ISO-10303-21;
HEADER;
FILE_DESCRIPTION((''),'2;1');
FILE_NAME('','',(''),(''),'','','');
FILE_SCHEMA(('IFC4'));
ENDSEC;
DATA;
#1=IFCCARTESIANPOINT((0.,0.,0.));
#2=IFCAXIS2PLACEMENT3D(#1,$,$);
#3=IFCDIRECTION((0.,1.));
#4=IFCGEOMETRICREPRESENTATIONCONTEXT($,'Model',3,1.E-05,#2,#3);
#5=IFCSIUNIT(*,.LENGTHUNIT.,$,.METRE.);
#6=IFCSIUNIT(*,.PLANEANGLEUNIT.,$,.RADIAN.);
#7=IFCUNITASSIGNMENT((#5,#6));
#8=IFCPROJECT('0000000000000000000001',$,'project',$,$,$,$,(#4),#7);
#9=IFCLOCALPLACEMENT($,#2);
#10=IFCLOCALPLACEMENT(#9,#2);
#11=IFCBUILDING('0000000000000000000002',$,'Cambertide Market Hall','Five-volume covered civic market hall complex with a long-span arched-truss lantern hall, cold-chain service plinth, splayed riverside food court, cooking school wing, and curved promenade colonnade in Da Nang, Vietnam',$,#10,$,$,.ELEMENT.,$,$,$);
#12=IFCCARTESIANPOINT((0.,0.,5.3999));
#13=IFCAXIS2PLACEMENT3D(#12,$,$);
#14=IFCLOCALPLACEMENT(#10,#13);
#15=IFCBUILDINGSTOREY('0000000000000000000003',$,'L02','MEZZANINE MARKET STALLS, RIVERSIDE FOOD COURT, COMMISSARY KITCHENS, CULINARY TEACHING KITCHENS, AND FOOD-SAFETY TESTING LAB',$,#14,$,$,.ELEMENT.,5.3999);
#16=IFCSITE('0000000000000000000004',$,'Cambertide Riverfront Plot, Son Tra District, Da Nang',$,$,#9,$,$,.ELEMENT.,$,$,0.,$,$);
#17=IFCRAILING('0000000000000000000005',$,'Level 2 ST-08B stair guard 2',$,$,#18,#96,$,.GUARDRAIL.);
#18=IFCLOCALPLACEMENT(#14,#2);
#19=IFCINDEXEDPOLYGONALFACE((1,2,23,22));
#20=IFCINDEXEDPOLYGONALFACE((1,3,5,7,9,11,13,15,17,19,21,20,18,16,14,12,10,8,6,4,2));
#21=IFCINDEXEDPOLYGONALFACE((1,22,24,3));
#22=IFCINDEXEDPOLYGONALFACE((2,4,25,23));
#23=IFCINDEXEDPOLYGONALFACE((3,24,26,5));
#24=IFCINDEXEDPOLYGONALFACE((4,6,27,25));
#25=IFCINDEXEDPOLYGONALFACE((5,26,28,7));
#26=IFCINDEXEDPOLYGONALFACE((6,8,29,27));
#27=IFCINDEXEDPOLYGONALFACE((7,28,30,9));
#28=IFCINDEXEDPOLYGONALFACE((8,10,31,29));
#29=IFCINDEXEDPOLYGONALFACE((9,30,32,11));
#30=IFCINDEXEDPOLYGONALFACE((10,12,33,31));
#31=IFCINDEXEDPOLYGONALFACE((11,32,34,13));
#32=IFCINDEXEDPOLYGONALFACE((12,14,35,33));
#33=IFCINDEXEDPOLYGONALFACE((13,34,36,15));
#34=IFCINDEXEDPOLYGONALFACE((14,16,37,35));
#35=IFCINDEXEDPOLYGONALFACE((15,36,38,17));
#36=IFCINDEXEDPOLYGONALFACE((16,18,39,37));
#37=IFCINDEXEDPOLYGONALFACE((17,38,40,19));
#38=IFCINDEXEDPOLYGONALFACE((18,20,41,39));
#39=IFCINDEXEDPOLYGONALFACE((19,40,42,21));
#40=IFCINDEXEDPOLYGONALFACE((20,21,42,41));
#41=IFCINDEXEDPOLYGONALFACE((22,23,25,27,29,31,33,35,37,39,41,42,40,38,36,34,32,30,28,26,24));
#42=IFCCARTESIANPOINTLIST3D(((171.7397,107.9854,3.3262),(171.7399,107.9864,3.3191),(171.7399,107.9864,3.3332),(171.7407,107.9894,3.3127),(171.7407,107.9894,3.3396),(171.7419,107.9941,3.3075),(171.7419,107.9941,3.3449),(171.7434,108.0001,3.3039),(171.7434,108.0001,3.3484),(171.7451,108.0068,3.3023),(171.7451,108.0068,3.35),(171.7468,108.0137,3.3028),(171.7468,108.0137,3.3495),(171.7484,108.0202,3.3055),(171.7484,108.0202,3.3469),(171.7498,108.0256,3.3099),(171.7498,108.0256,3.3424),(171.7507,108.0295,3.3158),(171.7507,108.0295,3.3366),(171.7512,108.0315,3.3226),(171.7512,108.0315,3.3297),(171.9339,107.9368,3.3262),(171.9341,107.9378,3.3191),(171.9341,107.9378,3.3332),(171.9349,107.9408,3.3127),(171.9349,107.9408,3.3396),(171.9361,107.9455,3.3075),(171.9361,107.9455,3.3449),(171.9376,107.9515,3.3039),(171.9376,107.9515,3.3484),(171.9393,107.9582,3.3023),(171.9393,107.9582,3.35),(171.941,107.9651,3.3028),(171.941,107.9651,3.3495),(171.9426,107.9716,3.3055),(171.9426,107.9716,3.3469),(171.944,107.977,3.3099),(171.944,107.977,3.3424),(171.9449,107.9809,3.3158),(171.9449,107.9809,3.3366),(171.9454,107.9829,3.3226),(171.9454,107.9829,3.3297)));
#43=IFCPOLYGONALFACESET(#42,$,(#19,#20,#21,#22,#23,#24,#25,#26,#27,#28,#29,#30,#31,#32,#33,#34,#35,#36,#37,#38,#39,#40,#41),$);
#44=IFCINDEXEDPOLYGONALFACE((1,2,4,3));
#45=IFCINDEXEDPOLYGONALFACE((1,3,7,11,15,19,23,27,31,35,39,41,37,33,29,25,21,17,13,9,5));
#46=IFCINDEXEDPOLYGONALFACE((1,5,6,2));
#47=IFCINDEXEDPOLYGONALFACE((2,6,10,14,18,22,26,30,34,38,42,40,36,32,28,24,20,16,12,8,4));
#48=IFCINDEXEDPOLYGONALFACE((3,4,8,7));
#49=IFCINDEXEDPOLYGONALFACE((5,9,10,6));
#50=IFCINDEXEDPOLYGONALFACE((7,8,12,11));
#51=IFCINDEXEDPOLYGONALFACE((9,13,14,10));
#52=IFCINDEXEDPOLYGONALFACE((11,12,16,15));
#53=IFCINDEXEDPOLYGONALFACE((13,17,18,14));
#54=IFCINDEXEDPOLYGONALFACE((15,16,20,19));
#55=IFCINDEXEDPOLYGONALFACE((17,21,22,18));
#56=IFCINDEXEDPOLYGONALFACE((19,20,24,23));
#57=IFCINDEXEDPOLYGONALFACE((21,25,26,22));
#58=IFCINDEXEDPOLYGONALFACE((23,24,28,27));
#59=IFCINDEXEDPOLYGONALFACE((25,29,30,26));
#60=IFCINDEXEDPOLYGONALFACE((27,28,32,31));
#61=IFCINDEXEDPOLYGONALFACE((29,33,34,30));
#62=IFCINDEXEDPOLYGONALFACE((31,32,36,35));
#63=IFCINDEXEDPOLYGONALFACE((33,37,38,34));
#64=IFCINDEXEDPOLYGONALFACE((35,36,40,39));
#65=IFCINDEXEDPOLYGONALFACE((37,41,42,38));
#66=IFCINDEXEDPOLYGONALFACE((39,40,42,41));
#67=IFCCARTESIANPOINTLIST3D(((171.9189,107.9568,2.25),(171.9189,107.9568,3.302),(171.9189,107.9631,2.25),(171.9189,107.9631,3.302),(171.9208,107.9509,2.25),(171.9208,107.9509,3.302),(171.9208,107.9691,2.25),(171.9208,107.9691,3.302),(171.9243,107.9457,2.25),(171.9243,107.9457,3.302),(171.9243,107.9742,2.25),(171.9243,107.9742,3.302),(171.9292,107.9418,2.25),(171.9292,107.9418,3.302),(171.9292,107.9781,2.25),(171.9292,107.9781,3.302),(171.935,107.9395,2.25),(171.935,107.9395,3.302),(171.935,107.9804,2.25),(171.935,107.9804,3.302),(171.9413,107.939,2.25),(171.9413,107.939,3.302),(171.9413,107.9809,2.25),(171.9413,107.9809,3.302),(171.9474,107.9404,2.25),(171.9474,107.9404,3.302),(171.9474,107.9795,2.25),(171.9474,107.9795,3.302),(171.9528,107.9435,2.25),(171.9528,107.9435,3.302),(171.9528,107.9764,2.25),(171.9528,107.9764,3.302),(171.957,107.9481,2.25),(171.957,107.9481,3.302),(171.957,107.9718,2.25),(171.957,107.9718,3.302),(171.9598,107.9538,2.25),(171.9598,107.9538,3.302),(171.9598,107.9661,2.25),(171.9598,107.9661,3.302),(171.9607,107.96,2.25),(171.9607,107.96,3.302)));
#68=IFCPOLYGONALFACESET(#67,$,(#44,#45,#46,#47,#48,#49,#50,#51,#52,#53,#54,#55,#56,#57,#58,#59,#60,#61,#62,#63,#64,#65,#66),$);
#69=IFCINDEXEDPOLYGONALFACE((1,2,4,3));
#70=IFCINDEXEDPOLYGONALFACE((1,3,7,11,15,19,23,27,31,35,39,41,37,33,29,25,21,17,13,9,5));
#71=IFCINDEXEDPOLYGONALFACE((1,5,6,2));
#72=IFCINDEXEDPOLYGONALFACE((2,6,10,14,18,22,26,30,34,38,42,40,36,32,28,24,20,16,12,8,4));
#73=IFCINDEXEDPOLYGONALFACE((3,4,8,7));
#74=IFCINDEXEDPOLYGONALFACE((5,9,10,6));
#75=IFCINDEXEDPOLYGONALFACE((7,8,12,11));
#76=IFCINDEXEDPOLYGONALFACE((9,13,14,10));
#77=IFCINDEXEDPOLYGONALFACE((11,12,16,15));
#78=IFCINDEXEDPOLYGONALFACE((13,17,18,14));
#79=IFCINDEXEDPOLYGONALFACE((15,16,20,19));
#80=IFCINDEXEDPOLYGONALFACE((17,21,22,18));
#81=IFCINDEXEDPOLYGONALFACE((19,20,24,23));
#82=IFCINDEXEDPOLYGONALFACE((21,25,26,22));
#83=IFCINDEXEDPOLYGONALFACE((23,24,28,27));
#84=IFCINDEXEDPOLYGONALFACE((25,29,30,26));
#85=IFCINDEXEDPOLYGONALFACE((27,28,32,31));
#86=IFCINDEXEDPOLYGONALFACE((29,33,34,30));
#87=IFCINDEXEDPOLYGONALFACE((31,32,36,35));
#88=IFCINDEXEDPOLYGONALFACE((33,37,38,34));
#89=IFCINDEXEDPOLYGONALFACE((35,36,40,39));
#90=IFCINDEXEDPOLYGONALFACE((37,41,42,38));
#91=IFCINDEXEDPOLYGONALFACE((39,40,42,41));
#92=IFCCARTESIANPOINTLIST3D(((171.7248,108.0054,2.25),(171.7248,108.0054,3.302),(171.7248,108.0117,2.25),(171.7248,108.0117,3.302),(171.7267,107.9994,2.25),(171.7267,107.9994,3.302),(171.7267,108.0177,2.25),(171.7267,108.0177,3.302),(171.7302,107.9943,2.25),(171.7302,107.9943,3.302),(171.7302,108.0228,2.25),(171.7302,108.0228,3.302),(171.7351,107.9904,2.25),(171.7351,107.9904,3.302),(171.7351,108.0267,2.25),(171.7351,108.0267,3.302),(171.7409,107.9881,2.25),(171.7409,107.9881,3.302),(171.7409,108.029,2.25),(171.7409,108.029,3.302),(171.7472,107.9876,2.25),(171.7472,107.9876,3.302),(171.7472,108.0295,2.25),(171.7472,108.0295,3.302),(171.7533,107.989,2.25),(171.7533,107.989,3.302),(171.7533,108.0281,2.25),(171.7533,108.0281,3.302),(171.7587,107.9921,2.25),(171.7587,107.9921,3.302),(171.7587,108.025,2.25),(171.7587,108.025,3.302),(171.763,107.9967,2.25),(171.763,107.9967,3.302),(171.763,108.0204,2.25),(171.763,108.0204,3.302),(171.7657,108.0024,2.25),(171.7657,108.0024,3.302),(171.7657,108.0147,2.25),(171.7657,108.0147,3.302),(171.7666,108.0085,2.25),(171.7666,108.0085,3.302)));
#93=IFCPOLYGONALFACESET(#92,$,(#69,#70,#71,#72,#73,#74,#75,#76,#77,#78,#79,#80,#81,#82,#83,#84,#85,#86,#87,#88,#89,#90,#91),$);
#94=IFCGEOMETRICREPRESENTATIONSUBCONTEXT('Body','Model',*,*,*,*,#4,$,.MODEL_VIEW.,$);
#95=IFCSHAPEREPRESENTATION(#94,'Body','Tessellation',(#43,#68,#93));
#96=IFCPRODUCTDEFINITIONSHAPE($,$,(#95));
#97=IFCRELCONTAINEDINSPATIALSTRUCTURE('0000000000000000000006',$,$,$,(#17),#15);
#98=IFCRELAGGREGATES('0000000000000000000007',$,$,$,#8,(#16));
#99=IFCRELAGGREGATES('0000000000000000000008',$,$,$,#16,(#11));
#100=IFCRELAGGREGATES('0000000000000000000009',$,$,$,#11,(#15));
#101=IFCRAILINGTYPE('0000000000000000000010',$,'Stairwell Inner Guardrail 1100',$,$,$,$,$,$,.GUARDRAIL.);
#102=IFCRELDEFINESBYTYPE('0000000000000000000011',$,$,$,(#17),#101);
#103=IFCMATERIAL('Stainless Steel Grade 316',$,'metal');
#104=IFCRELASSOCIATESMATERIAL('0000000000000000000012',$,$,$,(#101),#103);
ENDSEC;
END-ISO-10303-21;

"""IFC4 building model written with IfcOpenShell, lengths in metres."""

from ifc_helpers import new_model, si_unit, direction, frame, origin, origin_2d, place, context, subcontext, project, spatial, circle, extrude, material, type_object, element, save


model = new_model("IFC4")

# Units and contexts
model_context = context("Model", 3, precision=1e-05, world=origin(), true_north=direction((0.0, 1.0)))
body_context = subcontext(model_context, "Body", "Model", "MODEL_VIEW")
ifc_project = project(units=[si_unit("LENGTHUNIT", "METRE"), si_unit("PLANEANGLEUNIT", "RADIAN")], contexts=[model_context])

# Site, building, storey
site_placement = place(None, origin())
site = spatial("IfcSite", under=ifc_project, at=site_placement, Name="Cambertide Riverfront Plot, Son Tra District, Da Nang", CompositionType="ELEMENT", RefElevation=0.0)
building_placement = place(site_placement, origin())
building = spatial("IfcBuilding", under=site, at=building_placement, Name="Cambertide Market Hall", Description="Five-volume covered civic market hall complex with a long-span arched-truss lantern hall, cold-chain service plinth, splayed riverside food court, cooking school wing, and curved promenade colonnade in Da Nang, Vietnam", CompositionType="ELEMENT")
storey_placement = place(building_placement, frame((0.0, 0.0, 5.3999)))
storey = spatial("IfcBuildingStorey", under=building, at=storey_placement, Name="L02", Description="MEZZANINE MARKET STALLS, RIVERSIDE FOOD COURT, COMMISSARY KITCHENS, CULINARY TEACHING KITCHENS, AND FOOD-SAFETY TESTING LAB", CompositionType="ELEMENT", Elevation=5.3999)

# Railing
ifc_material_1 = material(Name="Stainless Steel Grade 316", Category="metal")
railing_type_1 = type_object("IfcRailingType", Name="Stairwell Inner Guardrail 1100", PredefinedType="GUARDRAIL", material=ifc_material_1)
railing_1_placement = place(storey_placement, frame((171.9397, 107.96, 2.25)))
element("IfcRailing", 1, at=railing_1_placement, inside=storey, type_object=railing_type_1, Name="Level 2 ST-08B stair guard 2", PredefinedType="GUARDRAIL", context=body_context, shape_type="SweptSolid", body=[
    extrude(circle(Radius=0.0239, at=origin_2d()), frame((0.0, 0.0, 1.0762), z_axis=(-0.970071, 0.242823, 0.0), x_axis=(-0.242823, -0.970071, 0.0)), (0.0, 0.0, 1.0), 0.2002),
    extrude(circle(Radius=0.021, at=origin_2d()), origin(), (0.0, 0.0, 1.0), 1.052),
    extrude(circle(Radius=0.021, at=origin_2d()), frame((-0.1941, 0.0486, 0.0)), (0.0, 0.0, 1.0), 1.052),
])

save(model, "model.ifc")
